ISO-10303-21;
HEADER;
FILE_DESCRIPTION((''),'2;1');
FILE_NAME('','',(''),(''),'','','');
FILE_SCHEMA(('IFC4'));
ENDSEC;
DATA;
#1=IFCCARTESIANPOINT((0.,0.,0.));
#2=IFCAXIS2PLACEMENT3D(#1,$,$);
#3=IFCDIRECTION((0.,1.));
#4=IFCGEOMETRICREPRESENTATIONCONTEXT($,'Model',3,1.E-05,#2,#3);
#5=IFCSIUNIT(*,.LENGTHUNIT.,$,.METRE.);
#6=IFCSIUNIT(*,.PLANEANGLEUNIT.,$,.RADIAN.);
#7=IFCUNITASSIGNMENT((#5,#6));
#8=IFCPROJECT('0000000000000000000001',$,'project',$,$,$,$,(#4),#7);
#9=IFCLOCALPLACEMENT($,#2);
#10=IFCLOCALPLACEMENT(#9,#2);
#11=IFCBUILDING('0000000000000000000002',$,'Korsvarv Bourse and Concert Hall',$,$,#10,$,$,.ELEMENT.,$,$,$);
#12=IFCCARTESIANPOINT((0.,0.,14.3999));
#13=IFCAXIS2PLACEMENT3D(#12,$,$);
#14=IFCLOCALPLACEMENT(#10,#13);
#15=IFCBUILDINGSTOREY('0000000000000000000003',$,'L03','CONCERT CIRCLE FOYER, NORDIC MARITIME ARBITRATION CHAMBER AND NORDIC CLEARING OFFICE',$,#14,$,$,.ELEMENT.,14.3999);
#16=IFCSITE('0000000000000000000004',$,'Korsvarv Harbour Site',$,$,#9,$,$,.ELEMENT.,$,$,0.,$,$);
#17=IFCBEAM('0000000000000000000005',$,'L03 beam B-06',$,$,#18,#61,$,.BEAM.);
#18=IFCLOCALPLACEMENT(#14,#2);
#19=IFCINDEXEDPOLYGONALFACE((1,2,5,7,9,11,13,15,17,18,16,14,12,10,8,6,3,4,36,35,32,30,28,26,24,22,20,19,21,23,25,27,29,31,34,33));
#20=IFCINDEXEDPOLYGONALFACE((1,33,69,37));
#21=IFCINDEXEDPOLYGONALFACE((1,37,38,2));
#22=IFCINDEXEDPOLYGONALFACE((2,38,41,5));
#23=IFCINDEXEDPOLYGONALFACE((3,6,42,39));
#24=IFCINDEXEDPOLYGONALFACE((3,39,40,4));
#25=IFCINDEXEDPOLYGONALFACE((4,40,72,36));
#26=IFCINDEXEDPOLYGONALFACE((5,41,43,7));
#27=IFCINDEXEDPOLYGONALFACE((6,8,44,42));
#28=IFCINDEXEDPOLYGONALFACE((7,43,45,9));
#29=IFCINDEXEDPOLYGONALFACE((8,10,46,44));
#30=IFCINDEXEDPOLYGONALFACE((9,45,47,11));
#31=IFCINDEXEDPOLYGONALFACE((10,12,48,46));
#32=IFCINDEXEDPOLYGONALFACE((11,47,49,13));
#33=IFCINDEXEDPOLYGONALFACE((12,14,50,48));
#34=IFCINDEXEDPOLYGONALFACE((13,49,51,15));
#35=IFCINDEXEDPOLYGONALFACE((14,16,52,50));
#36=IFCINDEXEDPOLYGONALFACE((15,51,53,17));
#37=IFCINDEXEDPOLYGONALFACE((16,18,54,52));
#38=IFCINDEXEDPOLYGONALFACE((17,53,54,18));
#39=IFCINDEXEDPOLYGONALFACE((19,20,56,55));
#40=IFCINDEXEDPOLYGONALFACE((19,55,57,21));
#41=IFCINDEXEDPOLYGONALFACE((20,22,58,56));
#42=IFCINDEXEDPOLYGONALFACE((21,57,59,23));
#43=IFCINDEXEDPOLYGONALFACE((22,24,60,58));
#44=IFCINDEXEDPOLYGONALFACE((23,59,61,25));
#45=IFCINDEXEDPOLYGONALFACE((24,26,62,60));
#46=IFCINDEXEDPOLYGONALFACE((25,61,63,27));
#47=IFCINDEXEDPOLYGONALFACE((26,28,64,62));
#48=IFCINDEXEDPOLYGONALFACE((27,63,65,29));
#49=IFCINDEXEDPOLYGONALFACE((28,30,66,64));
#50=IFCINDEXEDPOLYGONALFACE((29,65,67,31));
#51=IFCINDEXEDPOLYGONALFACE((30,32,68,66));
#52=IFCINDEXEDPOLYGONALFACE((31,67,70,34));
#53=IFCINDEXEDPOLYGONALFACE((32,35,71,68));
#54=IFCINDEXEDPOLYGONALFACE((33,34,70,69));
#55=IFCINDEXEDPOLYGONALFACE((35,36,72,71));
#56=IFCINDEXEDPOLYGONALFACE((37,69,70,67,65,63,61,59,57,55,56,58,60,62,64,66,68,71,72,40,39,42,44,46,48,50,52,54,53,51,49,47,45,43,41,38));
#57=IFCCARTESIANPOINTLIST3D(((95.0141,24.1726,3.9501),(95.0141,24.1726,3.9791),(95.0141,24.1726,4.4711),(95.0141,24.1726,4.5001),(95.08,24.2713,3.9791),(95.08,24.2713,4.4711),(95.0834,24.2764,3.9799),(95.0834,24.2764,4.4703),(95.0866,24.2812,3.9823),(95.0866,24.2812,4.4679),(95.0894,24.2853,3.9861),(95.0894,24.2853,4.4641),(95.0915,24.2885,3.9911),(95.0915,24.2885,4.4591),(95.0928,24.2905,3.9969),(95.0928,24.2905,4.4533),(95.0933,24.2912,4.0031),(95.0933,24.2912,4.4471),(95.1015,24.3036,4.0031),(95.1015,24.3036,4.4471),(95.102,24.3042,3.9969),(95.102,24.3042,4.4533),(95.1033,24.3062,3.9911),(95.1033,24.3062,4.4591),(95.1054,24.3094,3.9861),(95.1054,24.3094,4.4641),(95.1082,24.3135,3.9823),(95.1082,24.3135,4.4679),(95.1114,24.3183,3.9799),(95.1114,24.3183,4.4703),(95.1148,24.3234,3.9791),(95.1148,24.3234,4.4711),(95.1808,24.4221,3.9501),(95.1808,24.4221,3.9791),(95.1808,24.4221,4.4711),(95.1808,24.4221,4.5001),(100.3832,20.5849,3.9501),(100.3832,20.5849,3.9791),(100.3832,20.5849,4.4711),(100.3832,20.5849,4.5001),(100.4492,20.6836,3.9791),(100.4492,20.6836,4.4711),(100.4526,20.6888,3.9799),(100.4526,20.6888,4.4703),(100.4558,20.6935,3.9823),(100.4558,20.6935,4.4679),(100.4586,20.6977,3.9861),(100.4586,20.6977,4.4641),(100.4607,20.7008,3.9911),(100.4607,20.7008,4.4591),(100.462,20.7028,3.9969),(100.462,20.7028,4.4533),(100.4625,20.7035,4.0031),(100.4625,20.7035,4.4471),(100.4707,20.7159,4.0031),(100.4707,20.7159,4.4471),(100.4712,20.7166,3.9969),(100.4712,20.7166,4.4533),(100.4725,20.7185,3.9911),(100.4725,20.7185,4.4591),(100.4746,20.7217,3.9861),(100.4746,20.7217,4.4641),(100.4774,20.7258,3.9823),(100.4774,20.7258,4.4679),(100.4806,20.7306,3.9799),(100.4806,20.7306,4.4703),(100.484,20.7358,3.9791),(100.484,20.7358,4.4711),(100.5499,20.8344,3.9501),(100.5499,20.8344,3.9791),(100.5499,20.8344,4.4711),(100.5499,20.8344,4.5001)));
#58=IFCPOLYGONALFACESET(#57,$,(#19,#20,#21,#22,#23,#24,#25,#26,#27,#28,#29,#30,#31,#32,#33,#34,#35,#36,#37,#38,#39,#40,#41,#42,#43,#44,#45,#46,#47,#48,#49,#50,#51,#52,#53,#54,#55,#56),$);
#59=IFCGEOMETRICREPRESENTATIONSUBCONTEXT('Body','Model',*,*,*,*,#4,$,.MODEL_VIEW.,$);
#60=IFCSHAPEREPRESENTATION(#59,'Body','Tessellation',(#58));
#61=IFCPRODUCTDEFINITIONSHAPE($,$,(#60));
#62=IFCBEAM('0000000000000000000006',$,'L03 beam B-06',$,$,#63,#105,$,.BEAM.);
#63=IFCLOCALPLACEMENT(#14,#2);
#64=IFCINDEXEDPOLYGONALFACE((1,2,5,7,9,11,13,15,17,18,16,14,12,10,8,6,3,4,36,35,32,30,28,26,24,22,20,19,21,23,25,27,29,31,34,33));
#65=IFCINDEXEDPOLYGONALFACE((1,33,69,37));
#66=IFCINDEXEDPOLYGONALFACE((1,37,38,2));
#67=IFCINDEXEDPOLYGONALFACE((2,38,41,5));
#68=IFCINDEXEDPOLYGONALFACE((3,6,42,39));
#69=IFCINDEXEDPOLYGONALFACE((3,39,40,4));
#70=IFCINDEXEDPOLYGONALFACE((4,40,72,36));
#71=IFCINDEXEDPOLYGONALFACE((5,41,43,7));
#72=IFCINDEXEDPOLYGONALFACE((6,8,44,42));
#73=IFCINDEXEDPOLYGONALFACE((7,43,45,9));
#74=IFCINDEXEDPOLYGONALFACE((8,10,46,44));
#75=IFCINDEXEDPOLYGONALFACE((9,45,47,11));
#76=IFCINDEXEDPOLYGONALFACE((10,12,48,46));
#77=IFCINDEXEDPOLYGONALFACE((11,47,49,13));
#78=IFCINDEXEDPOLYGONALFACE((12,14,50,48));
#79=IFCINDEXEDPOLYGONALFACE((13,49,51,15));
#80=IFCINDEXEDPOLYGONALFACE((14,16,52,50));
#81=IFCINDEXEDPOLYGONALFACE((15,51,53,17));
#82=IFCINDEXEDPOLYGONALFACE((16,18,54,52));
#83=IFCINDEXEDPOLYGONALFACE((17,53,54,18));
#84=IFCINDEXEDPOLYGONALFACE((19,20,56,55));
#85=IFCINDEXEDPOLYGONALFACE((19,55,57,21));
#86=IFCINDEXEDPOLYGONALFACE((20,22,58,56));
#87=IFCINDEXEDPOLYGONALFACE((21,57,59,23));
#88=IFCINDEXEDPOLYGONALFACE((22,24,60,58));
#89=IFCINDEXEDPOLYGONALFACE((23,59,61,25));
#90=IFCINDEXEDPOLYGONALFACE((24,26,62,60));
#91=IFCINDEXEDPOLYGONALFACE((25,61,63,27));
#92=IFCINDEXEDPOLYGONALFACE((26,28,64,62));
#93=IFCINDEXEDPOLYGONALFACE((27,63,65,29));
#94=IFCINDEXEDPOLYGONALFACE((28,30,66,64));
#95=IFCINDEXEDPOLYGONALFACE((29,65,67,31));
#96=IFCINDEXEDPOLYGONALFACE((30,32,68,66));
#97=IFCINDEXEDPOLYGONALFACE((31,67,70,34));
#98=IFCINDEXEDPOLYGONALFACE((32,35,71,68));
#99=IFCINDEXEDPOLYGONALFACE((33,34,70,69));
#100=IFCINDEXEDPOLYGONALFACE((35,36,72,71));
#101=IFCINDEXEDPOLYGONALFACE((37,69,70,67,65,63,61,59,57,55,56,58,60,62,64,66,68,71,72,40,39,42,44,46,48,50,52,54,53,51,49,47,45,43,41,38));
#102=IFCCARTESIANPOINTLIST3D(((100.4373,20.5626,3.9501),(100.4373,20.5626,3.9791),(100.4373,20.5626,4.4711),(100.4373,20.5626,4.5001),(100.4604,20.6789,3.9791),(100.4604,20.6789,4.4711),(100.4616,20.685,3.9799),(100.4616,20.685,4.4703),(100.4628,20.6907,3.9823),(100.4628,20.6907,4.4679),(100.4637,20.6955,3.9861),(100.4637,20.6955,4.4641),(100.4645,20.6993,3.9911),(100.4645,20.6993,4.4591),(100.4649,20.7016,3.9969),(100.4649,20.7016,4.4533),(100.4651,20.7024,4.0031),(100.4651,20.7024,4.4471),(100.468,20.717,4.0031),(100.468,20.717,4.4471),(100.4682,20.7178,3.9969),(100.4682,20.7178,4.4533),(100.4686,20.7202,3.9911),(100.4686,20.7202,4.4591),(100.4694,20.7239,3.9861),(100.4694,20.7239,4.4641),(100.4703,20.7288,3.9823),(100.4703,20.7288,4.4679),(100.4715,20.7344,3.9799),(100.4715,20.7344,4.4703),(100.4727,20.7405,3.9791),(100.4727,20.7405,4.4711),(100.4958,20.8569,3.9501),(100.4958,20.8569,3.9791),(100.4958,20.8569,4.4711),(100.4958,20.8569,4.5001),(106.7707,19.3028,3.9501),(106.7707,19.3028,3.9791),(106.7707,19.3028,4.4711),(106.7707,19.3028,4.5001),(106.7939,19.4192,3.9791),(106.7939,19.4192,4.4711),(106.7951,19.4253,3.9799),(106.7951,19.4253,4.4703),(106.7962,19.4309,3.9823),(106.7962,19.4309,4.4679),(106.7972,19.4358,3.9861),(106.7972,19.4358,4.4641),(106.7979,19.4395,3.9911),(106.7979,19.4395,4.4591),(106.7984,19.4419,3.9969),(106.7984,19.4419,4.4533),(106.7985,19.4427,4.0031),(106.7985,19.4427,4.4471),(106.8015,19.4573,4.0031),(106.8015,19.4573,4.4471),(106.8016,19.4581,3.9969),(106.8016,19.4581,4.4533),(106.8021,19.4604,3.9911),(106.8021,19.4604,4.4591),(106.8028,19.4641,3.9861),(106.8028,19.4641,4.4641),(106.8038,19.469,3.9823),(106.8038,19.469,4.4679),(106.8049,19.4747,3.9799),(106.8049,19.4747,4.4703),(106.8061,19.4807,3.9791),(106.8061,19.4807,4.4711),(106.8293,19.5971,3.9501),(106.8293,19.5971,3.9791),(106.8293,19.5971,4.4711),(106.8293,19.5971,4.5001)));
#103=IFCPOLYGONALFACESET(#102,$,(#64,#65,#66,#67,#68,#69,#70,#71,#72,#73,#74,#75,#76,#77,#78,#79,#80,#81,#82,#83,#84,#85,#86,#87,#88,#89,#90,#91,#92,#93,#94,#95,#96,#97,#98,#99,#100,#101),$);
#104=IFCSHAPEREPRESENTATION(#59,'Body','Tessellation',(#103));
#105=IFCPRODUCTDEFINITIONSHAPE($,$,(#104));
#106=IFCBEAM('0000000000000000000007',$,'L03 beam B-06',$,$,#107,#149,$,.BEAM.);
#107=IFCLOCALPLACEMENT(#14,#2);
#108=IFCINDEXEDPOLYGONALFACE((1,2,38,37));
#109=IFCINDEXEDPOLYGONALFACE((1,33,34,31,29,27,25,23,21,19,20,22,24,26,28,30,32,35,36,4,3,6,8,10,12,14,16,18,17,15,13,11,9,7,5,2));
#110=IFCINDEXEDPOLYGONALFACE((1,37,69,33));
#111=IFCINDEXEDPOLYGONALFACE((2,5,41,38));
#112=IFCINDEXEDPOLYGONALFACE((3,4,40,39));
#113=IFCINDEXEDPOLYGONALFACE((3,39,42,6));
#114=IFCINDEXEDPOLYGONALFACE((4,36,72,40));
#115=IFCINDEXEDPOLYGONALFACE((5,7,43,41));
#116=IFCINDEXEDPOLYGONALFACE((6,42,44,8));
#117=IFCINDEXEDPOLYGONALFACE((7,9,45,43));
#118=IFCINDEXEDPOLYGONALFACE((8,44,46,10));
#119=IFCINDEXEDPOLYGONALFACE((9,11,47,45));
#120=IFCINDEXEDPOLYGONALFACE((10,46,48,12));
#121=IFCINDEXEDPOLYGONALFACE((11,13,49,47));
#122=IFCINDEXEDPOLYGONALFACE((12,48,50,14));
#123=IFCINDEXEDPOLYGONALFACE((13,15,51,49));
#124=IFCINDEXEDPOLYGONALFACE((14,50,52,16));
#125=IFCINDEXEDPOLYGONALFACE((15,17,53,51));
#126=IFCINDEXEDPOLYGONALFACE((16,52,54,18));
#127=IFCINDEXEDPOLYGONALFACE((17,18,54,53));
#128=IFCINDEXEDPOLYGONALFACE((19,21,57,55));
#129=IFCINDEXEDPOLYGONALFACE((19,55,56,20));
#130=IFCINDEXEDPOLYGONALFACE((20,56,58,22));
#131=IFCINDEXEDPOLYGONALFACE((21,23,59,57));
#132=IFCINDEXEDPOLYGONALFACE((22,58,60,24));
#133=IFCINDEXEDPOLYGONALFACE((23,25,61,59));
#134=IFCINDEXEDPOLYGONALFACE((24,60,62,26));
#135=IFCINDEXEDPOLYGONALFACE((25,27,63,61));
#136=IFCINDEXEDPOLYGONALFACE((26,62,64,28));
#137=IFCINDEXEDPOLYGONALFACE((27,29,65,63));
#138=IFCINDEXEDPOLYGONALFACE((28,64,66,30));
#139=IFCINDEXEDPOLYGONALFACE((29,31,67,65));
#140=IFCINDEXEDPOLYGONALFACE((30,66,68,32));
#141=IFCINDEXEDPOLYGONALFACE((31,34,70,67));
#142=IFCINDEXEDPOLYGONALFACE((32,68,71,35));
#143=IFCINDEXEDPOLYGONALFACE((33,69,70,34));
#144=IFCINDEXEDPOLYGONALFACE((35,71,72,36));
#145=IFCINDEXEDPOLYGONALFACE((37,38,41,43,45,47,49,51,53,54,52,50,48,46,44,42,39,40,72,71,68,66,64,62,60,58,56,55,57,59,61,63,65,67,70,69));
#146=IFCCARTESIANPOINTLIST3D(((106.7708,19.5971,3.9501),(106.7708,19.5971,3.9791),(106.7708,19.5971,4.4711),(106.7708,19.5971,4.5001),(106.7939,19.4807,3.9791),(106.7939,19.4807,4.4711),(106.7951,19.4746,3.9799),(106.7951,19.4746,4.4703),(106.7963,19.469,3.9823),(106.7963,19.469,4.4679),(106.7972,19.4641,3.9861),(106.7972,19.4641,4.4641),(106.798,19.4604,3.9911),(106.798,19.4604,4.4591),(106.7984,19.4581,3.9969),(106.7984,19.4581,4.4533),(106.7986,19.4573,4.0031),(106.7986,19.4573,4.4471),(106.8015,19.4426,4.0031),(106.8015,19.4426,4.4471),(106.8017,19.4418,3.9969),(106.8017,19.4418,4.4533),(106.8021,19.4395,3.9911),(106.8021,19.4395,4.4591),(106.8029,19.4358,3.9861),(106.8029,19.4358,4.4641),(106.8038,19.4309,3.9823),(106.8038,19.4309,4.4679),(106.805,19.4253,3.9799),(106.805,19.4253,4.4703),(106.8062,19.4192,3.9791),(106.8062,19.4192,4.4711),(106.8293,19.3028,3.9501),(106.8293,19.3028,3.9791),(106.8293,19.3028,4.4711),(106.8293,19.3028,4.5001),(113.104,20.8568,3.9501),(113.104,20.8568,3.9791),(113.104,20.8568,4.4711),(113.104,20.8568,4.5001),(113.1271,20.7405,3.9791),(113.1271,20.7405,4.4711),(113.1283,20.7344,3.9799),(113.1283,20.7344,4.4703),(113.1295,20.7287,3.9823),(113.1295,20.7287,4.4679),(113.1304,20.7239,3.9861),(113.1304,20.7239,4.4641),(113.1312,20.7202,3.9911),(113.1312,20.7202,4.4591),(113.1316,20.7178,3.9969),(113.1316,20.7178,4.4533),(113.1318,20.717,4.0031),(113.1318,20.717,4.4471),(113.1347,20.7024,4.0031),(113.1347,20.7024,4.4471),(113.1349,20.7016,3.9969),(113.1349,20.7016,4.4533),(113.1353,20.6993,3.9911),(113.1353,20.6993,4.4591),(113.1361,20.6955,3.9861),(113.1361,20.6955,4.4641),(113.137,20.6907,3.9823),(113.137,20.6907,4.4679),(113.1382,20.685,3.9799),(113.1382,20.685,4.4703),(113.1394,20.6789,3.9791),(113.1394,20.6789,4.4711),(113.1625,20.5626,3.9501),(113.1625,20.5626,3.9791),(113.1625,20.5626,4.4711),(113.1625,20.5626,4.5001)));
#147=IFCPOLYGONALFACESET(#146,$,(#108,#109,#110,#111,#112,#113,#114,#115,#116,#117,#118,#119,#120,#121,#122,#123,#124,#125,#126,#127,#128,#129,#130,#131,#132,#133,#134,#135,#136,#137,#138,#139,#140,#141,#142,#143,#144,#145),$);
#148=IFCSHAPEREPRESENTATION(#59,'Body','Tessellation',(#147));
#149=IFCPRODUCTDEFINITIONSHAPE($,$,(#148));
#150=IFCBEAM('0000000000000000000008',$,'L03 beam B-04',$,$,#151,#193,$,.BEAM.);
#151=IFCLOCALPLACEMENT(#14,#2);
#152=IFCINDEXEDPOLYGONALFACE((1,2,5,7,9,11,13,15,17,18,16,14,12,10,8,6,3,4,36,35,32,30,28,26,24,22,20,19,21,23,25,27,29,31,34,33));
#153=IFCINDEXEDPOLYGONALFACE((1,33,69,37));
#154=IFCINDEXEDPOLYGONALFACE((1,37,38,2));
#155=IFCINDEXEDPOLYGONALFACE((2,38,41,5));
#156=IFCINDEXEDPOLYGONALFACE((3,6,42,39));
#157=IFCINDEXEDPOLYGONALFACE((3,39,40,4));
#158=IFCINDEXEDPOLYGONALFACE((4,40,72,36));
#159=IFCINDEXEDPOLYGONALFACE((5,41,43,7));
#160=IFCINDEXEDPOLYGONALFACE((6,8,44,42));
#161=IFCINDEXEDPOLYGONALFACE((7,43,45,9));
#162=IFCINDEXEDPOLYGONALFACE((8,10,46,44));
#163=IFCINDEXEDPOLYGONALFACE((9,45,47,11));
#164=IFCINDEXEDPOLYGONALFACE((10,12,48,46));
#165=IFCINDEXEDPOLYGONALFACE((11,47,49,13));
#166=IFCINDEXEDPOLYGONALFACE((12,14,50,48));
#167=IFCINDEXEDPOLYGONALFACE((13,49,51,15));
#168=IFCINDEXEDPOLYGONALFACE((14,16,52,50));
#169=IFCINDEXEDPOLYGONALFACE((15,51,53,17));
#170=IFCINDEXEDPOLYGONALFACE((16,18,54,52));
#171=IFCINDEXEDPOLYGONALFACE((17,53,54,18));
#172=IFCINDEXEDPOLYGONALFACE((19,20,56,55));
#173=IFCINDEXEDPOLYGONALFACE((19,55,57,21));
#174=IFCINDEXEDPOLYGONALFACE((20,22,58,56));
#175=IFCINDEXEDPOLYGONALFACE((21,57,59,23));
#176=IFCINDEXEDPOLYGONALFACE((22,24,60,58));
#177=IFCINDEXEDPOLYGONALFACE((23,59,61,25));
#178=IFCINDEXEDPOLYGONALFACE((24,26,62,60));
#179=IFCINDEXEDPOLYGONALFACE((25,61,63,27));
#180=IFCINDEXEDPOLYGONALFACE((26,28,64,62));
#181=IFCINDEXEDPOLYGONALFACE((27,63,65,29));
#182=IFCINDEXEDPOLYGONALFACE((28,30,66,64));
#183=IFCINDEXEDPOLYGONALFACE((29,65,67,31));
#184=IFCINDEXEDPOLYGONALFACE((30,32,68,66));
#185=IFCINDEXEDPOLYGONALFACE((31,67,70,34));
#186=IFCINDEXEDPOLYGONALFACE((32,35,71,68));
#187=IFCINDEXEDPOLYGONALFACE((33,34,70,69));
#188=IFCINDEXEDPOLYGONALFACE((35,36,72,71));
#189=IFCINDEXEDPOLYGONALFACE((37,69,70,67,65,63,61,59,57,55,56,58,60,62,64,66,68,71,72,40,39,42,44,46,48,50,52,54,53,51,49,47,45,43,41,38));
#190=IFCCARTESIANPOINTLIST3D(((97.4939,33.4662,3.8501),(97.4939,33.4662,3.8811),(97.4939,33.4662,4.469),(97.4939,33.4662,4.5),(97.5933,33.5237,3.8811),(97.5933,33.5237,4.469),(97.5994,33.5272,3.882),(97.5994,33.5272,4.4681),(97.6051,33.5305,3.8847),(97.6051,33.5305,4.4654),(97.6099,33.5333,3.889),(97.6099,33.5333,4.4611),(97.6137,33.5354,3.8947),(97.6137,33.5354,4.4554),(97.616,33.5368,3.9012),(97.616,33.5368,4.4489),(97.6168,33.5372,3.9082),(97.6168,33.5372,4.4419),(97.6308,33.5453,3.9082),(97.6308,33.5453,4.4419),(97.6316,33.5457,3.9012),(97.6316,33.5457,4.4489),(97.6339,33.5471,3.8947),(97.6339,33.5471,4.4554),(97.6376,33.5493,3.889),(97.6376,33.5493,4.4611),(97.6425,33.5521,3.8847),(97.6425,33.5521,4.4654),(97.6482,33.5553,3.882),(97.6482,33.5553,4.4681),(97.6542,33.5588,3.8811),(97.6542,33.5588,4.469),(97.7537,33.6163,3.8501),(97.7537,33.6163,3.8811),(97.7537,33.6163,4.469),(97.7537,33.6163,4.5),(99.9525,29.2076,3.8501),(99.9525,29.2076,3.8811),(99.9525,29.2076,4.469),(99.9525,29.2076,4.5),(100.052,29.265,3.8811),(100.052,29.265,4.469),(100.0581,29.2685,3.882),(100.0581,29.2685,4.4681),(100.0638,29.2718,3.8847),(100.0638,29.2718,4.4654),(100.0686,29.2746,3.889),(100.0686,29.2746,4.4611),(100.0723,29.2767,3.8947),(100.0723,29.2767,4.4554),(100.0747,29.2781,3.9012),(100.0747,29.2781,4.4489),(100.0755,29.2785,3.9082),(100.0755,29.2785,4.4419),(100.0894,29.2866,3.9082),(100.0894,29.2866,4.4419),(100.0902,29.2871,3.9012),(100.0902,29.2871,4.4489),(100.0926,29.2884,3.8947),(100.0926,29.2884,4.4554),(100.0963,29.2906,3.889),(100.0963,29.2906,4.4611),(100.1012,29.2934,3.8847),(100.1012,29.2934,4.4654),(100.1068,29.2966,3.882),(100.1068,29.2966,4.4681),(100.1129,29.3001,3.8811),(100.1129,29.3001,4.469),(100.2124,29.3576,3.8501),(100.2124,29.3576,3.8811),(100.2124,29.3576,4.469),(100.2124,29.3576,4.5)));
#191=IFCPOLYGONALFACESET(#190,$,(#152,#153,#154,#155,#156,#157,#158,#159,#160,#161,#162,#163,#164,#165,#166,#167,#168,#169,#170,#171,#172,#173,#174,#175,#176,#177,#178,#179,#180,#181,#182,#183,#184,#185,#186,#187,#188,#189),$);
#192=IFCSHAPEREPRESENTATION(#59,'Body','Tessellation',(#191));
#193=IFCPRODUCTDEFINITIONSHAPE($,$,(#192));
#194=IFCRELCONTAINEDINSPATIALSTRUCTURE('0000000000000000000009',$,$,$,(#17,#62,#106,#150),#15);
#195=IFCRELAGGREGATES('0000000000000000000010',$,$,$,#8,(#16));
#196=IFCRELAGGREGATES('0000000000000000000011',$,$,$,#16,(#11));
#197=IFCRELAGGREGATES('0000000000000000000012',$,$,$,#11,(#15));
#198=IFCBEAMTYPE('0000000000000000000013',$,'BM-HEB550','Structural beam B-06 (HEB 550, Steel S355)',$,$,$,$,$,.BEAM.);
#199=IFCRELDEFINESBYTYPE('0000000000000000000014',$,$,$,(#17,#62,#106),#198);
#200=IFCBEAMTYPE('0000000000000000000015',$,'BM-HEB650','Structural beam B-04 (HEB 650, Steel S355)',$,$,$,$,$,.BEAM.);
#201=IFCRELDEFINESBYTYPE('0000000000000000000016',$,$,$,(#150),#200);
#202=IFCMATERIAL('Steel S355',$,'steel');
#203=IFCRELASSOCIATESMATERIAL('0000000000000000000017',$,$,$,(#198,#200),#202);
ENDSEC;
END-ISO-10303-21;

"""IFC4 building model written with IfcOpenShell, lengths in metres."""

from ifc_helpers import new_model, si_unit, direction, frame, origin, origin_2d, place, context, subcontext, project, spatial, i_section, extrude, source, transform, mapped, material, material_profile, profile_set, type_object, element, save


model = new_model("IFC4")

# Units and contexts
model_context = context("Model", 3, precision=1e-05, world=origin(), true_north=direction((0.0, 1.0)))
body_context = subcontext(model_context, "Body", "Model", "MODEL_VIEW")
ifc_project = project(units=[si_unit("LENGTHUNIT", "METRE"), si_unit("PLANEANGLEUNIT", "RADIAN")], contexts=[model_context])

# Site, building, storey
site_placement = place(None, origin())
site = spatial("IfcSite", under=ifc_project, at=site_placement, Name="Korsvarv Harbour Site", CompositionType="ELEMENT", RefElevation=0.0)
building_placement = place(site_placement, origin())
building = spatial("IfcBuilding", under=site, at=building_placement, Name="Korsvarv Bourse and Concert Hall", CompositionType="ELEMENT")
storey_placement = place(building_placement, frame((0.0, 0.0, 14.3999)))
storey = spatial("IfcBuildingStorey", under=building, at=storey_placement, Name="L03", Description="CONCERT CIRCLE FOYER, NORDIC MARITIME ARBITRATION CHAMBER AND NORDIC CLEARING OFFICE", CompositionType="ELEMENT", Elevation=14.3999)

# Beams
ifc_material_1 = material(Name="Steel S355", Category="steel")
ifc_material_profile_1 = material_profile(ifc_material_1, i_section(OverallWidth=0.3, OverallDepth=0.55, WebThickness=0.0149, FlangeThickness=0.0291, FilletRadius=0.0239, at=origin_2d()), Name="HEB 550")
ifc_profile_set_1 = profile_set([ifc_material_profile_1], Name="Steel S355")
beam_type_1 = type_object("IfcBeamType", Name="BM-HEB550", Description="Structural beam B-06 (HEB 550, Steel S355)", PredefinedType="BEAM", material=ifc_profile_set_1)
shared_shape_1 = source(origin(), body_context, "Body", "SweptSolid", [
    extrude(i_section(OverallWidth=0.3, OverallDepth=0.55, WebThickness=0.0149, FlangeThickness=0.0291, FilletRadius=0.0239, at=origin_2d()), origin(), (0.0, 0.0, 1.0), 6.4575),
])
for number, where, z_axis, x_axis, name in (
    (1, (95.0974, 24.2974, 4.2251), (0.831462, -0.555581, 0.0), (0.555581, 0.831462, 0.0), "L03 beam B-06"),
    (2, (100.4666, 20.7097, 4.2251), (0.980787, -0.195084, 0.0), (0.195084, 0.980787, 0.0), "L03 beam B-06"),
):
    element("IfcBeam", number, at=place(storey_placement, frame(where, z_axis=z_axis, x_axis=x_axis)), inside=storey, type_object=beam_type_1, Name=name, PredefinedType="BEAM", context=body_context, shape_type="MappedRepresentation", body=[
        mapped(shared_shape_1, transform((0.0, 0.0, 0.0), scale=1.0)),
    ])
shared_shape_2 = source(origin(), body_context, "Body", "SweptSolid", [
    extrude(i_section(OverallWidth=0.3, OverallDepth=0.55, WebThickness=0.0149, FlangeThickness=0.0291, FilletRadius=0.0239, at=origin_2d()), origin(), (0.0, 0.0, 1.0), 6.4573),
])
beam_1_placement = place(storey_placement, frame((106.8, 19.45, 4.2251), z_axis=(0.980785, 0.195091, 0.0), x_axis=(-0.195091, 0.980785, 0.0)))
element("IfcBeam", 3, at=beam_1_placement, inside=storey, type_object=beam_type_1, Name="L03 beam B-06", PredefinedType="BEAM", context=body_context, shape_type="MappedRepresentation", body=[
    mapped(shared_shape_2, transform((0.0, 0.0, 0.0), scale=1.0)),
])
ifc_material_profile_2 = material_profile(ifc_material_1, i_section(OverallWidth=0.3, OverallDepth=0.6499, WebThickness=0.0161, FlangeThickness=0.031, FilletRadius=0.0271, at=origin_2d()), Name="HEB 650")
ifc_profile_set_2 = profile_set([ifc_material_profile_2], Name="Steel S355")
beam_type_2 = type_object("IfcBeamType", Name="BM-HEB650", Description="Structural beam B-04 (HEB 650, Steel S355)", PredefinedType="BEAM", material=ifc_profile_set_2)
shared_shape_3 = source(origin(), body_context, "Body", "SweptSolid", [
    extrude(i_section(OverallWidth=0.3, OverallDepth=0.6499, WebThickness=0.0161, FlangeThickness=0.031, FilletRadius=0.0271, at=origin_2d()), origin(), (0.0, 0.0, 1.0), 4.9175),
])
for number, where, z_axis, x_axis, name in (
    (4, (97.6238, 33.5413, 4.175), (0.499989, -0.866032, 0.0), (0.866032, 0.499989, 0.0), "L03 beam B-04"),
):
    element("IfcBeam", number, at=place(storey_placement, frame(where, z_axis=z_axis, x_axis=x_axis)), inside=storey, type_object=beam_type_2, Name=name, PredefinedType="BEAM", context=body_context, shape_type="MappedRepresentation", body=[
        mapped(shared_shape_3, transform((0.0, 0.0, 0.0), scale=1.0)),
    ])

save(model, "model.ifc")
